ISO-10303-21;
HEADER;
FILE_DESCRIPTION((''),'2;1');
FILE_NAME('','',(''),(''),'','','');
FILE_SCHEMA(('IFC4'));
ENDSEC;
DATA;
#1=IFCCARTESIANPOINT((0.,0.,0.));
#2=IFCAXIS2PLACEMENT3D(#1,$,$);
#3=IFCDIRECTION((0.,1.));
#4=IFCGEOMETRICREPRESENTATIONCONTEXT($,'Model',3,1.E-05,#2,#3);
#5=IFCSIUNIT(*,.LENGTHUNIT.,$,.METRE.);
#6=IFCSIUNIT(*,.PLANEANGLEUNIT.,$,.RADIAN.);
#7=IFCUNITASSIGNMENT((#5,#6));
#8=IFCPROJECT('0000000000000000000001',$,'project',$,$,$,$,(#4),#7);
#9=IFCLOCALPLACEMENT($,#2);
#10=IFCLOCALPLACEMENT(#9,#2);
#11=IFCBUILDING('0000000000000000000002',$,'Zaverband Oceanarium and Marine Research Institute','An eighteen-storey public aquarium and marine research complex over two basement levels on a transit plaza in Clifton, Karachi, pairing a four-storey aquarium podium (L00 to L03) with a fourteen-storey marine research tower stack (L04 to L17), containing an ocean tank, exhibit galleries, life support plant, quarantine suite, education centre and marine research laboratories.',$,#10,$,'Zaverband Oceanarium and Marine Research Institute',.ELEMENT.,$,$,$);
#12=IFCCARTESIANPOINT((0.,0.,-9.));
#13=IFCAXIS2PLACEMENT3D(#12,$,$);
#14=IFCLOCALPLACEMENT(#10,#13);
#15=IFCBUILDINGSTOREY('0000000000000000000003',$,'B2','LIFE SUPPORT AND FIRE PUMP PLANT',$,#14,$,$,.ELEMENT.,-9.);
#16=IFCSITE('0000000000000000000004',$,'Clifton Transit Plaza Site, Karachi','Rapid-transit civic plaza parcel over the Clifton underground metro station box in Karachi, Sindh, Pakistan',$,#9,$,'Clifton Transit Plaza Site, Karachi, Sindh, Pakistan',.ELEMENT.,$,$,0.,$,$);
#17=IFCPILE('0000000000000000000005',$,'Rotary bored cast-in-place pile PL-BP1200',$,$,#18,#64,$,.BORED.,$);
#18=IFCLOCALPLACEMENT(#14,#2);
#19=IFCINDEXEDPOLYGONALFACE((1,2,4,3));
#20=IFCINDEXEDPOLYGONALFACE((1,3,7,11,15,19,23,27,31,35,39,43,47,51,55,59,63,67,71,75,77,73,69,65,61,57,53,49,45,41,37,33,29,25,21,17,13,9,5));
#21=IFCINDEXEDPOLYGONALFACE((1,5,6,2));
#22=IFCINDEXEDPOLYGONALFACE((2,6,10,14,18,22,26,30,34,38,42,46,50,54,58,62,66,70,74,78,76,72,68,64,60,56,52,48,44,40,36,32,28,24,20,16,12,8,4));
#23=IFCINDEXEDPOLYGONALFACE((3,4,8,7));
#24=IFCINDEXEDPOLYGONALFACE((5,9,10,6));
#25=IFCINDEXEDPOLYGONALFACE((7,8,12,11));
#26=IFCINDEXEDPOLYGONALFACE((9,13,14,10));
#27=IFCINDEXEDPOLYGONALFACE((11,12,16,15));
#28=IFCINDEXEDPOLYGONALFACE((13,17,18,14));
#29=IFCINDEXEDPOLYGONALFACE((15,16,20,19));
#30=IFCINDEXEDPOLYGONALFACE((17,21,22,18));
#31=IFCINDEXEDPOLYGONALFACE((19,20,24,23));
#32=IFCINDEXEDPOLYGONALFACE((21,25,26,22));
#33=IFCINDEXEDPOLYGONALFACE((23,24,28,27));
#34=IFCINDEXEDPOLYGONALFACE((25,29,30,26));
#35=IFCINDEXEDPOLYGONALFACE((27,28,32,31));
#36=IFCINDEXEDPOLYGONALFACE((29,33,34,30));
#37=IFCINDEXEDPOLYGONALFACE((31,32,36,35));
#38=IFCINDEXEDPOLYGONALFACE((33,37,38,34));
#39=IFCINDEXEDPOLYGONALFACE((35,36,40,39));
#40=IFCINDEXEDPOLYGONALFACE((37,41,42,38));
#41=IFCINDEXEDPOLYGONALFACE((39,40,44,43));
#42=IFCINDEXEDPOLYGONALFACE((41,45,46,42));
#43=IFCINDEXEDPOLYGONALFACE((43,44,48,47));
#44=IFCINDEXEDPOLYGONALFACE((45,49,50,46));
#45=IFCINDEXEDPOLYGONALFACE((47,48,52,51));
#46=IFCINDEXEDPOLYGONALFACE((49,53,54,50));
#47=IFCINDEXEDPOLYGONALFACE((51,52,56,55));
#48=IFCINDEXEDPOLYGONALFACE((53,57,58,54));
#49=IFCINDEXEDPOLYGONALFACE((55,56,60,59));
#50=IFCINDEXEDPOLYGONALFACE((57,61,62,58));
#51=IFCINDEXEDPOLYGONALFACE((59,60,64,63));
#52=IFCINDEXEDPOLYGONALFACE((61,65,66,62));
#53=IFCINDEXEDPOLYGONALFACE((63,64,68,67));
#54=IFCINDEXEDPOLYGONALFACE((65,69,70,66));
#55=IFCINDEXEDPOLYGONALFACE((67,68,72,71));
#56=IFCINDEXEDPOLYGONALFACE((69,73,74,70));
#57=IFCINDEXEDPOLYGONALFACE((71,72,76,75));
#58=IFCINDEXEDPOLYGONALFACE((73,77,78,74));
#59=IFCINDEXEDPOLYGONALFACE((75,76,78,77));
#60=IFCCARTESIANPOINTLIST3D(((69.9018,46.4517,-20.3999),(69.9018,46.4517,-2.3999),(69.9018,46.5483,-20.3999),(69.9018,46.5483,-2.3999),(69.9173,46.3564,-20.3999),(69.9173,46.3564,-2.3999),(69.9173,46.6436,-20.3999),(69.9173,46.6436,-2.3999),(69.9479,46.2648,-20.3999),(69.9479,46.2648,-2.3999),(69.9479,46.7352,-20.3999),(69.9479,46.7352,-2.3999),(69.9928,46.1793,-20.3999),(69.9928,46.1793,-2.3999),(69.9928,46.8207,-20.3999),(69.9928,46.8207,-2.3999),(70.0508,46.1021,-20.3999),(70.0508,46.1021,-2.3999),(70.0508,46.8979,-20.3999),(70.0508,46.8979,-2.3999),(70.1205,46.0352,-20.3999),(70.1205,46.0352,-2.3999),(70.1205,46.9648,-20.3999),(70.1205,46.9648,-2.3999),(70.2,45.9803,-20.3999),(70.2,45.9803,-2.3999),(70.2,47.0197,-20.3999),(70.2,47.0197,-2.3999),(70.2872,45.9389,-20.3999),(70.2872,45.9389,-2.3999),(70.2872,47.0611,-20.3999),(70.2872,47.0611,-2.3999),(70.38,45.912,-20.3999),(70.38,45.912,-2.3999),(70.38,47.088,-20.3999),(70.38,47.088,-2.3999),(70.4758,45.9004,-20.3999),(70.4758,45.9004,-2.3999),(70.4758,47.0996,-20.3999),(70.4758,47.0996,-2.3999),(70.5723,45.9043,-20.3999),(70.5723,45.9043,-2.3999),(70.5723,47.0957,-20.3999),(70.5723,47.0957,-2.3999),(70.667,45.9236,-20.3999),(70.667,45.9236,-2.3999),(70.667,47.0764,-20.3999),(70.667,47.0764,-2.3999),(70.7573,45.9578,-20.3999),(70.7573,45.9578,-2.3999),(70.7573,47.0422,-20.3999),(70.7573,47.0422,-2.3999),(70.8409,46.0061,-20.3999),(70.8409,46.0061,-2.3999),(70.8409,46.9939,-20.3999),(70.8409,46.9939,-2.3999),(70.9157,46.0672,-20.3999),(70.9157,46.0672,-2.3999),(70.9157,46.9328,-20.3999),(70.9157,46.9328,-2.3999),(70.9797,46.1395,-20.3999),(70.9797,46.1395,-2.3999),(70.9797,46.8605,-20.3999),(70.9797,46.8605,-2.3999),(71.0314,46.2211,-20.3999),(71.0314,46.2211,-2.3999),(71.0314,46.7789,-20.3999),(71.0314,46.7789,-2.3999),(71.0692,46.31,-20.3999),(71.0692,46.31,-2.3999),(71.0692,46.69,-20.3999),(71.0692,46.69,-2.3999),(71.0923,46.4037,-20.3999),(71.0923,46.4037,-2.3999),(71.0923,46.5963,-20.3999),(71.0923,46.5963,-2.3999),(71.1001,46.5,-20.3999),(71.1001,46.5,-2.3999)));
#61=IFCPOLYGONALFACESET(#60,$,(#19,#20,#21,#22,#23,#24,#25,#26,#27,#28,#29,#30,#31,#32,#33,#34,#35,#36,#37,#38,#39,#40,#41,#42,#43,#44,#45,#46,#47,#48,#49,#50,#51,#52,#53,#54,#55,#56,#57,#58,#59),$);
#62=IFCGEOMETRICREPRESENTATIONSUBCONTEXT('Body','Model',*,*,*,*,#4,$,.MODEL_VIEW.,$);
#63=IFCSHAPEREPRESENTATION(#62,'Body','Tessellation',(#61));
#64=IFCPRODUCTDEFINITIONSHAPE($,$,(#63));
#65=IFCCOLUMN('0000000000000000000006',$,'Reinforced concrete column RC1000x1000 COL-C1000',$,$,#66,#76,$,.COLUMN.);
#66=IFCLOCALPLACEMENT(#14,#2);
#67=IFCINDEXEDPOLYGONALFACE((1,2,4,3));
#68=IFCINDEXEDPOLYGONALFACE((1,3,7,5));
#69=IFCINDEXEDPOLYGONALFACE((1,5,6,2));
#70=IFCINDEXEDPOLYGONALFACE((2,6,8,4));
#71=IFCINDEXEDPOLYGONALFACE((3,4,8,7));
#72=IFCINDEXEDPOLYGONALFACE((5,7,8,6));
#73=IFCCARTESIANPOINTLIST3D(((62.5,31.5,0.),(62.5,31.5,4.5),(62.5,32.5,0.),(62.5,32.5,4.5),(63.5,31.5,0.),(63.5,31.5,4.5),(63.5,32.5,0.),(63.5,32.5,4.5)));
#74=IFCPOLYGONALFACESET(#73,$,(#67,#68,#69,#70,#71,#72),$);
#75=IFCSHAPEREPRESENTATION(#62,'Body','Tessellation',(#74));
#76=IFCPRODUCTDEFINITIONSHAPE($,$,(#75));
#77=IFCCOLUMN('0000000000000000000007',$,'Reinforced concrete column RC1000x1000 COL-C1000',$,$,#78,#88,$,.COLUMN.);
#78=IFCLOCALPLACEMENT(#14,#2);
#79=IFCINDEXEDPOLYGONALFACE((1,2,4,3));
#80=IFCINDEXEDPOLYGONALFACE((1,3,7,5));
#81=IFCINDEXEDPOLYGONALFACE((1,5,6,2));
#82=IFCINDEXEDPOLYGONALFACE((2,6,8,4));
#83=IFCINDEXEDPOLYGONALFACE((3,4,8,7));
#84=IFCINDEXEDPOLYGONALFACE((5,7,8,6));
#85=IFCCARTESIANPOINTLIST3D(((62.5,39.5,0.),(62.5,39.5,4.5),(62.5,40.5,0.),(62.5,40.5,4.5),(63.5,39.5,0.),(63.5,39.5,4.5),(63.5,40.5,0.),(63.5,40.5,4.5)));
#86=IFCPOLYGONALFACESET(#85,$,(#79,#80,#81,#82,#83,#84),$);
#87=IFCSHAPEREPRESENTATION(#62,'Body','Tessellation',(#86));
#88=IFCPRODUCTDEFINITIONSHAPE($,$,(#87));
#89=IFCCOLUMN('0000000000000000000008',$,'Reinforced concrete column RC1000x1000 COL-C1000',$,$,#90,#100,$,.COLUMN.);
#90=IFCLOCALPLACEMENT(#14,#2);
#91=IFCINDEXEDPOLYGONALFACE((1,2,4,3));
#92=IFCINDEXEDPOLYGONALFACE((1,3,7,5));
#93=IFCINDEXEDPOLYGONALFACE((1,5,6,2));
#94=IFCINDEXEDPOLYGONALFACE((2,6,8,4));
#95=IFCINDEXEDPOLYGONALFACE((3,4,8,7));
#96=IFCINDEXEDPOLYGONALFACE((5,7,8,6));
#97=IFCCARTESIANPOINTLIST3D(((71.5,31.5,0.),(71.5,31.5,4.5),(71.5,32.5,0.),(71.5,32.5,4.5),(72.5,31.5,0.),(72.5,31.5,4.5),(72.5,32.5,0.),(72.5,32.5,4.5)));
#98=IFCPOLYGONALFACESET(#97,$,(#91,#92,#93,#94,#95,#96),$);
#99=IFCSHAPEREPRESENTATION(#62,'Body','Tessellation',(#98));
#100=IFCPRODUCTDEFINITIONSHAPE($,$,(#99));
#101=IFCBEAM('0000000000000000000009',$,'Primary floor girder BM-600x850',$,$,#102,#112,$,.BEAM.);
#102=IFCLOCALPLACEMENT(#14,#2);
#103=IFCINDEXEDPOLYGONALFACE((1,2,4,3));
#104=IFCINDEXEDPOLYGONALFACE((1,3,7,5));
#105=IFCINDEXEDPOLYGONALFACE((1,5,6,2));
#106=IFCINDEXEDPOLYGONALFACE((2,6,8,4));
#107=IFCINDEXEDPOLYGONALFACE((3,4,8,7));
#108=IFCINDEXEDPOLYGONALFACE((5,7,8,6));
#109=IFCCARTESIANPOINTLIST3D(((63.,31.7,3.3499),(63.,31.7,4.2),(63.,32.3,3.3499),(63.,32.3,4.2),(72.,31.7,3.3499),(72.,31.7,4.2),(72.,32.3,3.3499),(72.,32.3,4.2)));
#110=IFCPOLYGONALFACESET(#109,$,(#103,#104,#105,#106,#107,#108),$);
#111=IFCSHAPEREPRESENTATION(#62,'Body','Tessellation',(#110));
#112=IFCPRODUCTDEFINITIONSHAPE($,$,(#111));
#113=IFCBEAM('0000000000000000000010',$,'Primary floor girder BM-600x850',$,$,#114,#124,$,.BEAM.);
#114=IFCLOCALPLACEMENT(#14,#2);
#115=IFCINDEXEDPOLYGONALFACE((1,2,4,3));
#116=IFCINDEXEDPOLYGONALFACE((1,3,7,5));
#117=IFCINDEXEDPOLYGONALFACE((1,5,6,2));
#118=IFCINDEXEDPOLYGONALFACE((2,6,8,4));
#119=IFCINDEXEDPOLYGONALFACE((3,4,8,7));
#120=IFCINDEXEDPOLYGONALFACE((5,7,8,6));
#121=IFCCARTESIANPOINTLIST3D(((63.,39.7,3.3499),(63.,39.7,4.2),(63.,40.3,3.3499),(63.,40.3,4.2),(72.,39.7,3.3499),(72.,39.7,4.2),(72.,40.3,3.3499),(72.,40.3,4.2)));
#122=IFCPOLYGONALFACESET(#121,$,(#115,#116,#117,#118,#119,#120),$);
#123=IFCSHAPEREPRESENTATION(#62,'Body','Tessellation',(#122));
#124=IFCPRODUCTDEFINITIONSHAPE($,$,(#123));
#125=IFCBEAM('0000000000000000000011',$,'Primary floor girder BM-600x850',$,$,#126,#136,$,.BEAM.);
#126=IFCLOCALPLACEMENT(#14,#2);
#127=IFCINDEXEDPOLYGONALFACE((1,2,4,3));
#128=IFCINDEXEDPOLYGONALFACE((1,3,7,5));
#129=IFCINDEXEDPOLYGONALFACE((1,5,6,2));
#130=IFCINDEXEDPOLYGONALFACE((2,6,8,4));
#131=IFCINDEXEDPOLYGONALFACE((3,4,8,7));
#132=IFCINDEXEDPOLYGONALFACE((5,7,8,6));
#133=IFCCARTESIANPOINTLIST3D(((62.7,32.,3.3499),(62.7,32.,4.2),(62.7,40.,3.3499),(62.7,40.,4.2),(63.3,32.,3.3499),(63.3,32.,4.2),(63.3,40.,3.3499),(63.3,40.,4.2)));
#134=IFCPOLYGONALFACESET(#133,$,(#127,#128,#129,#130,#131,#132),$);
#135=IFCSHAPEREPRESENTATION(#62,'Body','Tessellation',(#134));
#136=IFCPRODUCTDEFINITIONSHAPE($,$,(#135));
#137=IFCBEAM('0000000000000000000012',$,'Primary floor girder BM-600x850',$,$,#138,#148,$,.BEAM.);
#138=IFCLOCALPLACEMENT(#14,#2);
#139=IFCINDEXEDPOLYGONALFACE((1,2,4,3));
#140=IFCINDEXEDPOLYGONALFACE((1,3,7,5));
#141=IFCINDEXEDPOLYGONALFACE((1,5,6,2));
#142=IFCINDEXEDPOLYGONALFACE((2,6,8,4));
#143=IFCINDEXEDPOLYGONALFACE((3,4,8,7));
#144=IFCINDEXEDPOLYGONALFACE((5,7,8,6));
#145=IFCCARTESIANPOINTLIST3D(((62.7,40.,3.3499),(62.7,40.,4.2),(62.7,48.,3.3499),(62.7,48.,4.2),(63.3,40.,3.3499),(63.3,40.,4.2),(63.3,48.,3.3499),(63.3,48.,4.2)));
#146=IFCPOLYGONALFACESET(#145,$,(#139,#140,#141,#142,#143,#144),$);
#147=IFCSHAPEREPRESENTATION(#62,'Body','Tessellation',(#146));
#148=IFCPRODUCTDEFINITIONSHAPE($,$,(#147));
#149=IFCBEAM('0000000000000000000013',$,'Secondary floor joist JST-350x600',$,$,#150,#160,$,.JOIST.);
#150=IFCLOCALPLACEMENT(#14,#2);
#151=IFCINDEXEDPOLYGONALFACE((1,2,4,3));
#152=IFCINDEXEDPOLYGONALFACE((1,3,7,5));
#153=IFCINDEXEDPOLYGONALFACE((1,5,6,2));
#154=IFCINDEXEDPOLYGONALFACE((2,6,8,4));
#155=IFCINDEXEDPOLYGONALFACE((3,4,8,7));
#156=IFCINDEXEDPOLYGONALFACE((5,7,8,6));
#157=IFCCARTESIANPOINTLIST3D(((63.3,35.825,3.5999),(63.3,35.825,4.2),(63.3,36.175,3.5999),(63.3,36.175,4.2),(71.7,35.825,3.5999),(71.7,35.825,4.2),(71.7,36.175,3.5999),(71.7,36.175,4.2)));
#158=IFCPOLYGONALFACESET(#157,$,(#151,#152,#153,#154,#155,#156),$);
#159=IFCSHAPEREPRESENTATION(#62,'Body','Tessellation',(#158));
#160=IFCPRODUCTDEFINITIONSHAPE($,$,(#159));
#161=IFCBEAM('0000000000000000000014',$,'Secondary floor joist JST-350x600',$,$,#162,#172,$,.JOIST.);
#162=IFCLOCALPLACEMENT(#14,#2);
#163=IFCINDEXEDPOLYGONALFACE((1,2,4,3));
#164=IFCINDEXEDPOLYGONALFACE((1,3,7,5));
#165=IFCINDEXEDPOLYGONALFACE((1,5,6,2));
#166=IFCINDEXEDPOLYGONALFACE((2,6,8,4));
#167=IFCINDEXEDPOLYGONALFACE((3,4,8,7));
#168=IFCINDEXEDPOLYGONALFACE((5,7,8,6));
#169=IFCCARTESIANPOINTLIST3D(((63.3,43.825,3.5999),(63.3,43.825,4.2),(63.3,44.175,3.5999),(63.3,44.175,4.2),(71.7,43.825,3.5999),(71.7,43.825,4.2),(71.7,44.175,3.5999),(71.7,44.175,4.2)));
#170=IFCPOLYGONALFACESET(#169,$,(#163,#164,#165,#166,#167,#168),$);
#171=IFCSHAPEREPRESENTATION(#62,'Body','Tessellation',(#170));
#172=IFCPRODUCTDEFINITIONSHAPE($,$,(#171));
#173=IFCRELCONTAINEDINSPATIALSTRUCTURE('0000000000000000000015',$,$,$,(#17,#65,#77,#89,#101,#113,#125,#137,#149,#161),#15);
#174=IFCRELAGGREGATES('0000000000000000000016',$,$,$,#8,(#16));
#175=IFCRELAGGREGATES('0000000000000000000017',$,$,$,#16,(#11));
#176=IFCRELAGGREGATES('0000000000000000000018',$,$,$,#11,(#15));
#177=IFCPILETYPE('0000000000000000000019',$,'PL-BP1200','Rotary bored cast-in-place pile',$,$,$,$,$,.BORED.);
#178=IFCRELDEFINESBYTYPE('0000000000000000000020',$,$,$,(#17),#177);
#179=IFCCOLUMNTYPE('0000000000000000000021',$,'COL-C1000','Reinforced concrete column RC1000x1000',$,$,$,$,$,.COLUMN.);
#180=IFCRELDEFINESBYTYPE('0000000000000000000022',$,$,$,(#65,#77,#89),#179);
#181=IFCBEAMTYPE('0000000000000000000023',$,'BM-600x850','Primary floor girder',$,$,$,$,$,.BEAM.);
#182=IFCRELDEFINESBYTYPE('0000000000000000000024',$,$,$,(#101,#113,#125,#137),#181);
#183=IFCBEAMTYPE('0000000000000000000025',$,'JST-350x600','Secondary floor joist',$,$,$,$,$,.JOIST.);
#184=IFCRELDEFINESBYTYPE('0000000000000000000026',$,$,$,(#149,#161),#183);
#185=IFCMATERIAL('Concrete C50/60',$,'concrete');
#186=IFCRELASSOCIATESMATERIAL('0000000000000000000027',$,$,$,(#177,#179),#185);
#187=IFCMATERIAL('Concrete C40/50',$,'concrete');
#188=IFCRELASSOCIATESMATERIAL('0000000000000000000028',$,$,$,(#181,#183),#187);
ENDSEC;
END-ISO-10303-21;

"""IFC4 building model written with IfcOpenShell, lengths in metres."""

from ifc_helpers import new_model, si_unit, direction, frame, origin, origin_2d, place, context, subcontext, project, spatial, rectangle, circle, extrude, material, material_profile, profile_set, type_object, element, save


model = new_model("IFC4")

# Units and contexts
model_context = context("Model", 3, precision=1e-05, world=origin(), true_north=direction((0.0, 1.0)))
body_context = subcontext(model_context, "Body", "Model", "MODEL_VIEW")
ifc_project = project(units=[si_unit("LENGTHUNIT", "METRE"), si_unit("PLANEANGLEUNIT", "RADIAN")], contexts=[model_context])

# Site, building, storey
site_placement = place(None, origin())
site = spatial("IfcSite", under=ifc_project, at=site_placement, Name="Clifton Transit Plaza Site, Karachi", Description="Rapid-transit civic plaza parcel over the Clifton underground metro station box in Karachi, Sindh, Pakistan", LongName="Clifton Transit Plaza Site, Karachi, Sindh, Pakistan", CompositionType="ELEMENT", RefElevation=0.0)
building_placement = place(site_placement, origin())
building = spatial("IfcBuilding", under=site, at=building_placement, Name="Zaverband Oceanarium and Marine Research Institute", Description="An eighteen-storey public aquarium and marine research complex over two basement levels on a transit plaza in Clifton, Karachi, pairing a four-storey aquarium podium (L00 to L03) with a fourteen-storey marine research tower stack (L04 to L17), containing an ocean tank, exhibit galleries, life support plant, quarantine suite, education centre and marine research laboratories.", LongName="Zaverband Oceanarium and Marine Research Institute", CompositionType="ELEMENT")
storey_placement = place(building_placement, frame((0.0, 0.0, -9.0)))
storey = spatial("IfcBuildingStorey", under=building, at=storey_placement, Name="B2", Description="LIFE SUPPORT AND FIRE PUMP PLANT", CompositionType="ELEMENT", Elevation=-9.0)

# Shared definitions
ifc_material_1 = material(Name="Concrete C50/60", Category="concrete")

# Pile
ifc_material_profile_1 = material_profile(ifc_material_1, circle(Radius=0.6001, at=origin_2d()), Name="BP1200")
ifc_profile_set_1 = profile_set([ifc_material_profile_1], Name="Concrete C50/60")
pile_type_1 = type_object("IfcPileType", Name="PL-BP1200", Description="Rotary bored cast-in-place pile", PredefinedType="BORED", material=ifc_profile_set_1)
for number, where, z_axis, x_axis, name in (
    (1, (70.5, 46.5, -2.3999), (0.0, 0.0, -1.0), (1.0, 0.0, 0.0), "Rotary bored cast-in-place pile PL-BP1200"),
):
    element("IfcPile", number, at=place(storey_placement, frame(where, z_axis=z_axis, x_axis=x_axis)), inside=storey, type_object=pile_type_1, Name=name, PredefinedType="BORED", context=body_context, shape_type="SweptSolid", body=[
        extrude(circle(Radius=0.6001, at=origin_2d()), origin(), (0.0, 0.0, 1.0), 18.0),
    ])

# Columns
ifc_material_profile_2 = material_profile(ifc_material_1, rectangle(XDim=1.0, YDim=1.0, at=origin_2d()), Name="RC1000x1000")
ifc_profile_set_2 = profile_set([ifc_material_profile_2], Name="Concrete C50/60")
column_type = type_object("IfcColumnType", Name="COL-C1000", Description="Reinforced concrete column RC1000x1000", PredefinedType="COLUMN", material=ifc_profile_set_2)
for number, where, z_axis, x_axis, name in (
    (2, (63.0, 32.0, 0.0), (0.0, 0.0, 1.0), (1.0, 0.0, 0.0), "Reinforced concrete column RC1000x1000 COL-C1000"),
    (3, (63.0, 40.0, 0.0), (0.0, 0.0, 1.0), (1.0, 0.0, 0.0), "Reinforced concrete column RC1000x1000 COL-C1000"),
    (4, (72.0, 32.0, 0.0), (0.0, 0.0, 1.0), (1.0, 0.0, 0.0), "Reinforced concrete column RC1000x1000 COL-C1000"),
):
    element("IfcColumn", number, at=place(storey_placement, frame(where, z_axis=z_axis, x_axis=x_axis)), inside=storey, type_object=column_type, Name=name, PredefinedType="COLUMN", context=body_context, shape_type="SweptSolid", body=[
        extrude(rectangle(XDim=1.0, YDim=1.0, at=origin_2d()), origin(), (0.0, 0.0, 1.0), 4.5),
    ])

# Beams
ifc_material_2 = material(Name="Concrete C40/50", Category="concrete")
ifc_material_profile_3 = material_profile(ifc_material_2, rectangle(XDim=0.6001, YDim=0.8501, at=origin_2d()), Name="RC600x850")
ifc_profile_set_3 = profile_set([ifc_material_profile_3], Name="Concrete C40/50")
beam_type_1 = type_object("IfcBeamType", Name="BM-600x850", Description="Primary floor girder", PredefinedType="BEAM", material=ifc_profile_set_3)
for number, where, z_axis, x_axis, name in (
    (5, (63.0, 32.0, 3.7749), (1.0, 0.0, 0.0), (0.0, 1.0, 0.0), "Primary floor girder BM-600x850"),
    (6, (63.0, 40.0, 3.7749), (1.0, 0.0, 0.0), (0.0, 1.0, 0.0), "Primary floor girder BM-600x850"),
):
    element("IfcBeam", number, at=place(storey_placement, frame(where, z_axis=z_axis, x_axis=x_axis)), inside=storey, type_object=beam_type_1, Name=name, PredefinedType="BEAM", context=body_context, shape_type="SweptSolid", body=[
        extrude(rectangle(XDim=0.6001, YDim=0.8501, at=origin_2d()), origin(), (0.0, 0.0, 1.0), 9.0),
    ])
for number, where, z_axis, x_axis, name in (
    (7, (63.0, 32.0, 3.7749), (0.0, 1.0, 0.0), (-1.0, 0.0, 0.0), "Primary floor girder BM-600x850"),
    (8, (63.0, 40.0, 3.7749), (0.0, 1.0, 0.0), (-1.0, 0.0, 0.0), "Primary floor girder BM-600x850"),
):
    element("IfcBeam", number, at=place(storey_placement, frame(where, z_axis=z_axis, x_axis=x_axis)), inside=storey, type_object=beam_type_1, Name=name, PredefinedType="BEAM", context=body_context, shape_type="SweptSolid", body=[
        extrude(rectangle(XDim=0.6001, YDim=0.8501, at=origin_2d()), origin(), (0.0, 0.0, 1.0), 8.0),
    ])
ifc_material_profile_4 = material_profile(ifc_material_2, rectangle(XDim=0.3501, YDim=0.6001, at=origin_2d()), Name="RC350x600")
ifc_profile_set_4 = profile_set([ifc_material_profile_4], Name="Concrete C40/50")
beam_type_2 = type_object("IfcBeamType", Name="JST-350x600", Description="Secondary floor joist", PredefinedType="JOIST", material=ifc_profile_set_4)
for number, where, z_axis, x_axis, name in (
    (9, (63.3, 36.0, 3.8999), (1.0, 0.0, 0.0), (0.0, 1.0, 0.0), "Secondary floor joist JST-350x600"),
    (10, (63.3, 44.0, 3.8999), (1.0, 0.0, 0.0), (0.0, 1.0, 0.0), "Secondary floor joist JST-350x600"),
):
    element("IfcBeam", number, at=place(storey_placement, frame(where, z_axis=z_axis, x_axis=x_axis)), inside=storey, type_object=beam_type_2, Name=name, PredefinedType="JOIST", context=body_context, shape_type="SweptSolid", body=[
        extrude(rectangle(XDim=0.3501, YDim=0.6001, at=origin_2d()), origin(), (0.0, 0.0, 1.0), 8.3999),
    ])

save(model, "model.ifc")
